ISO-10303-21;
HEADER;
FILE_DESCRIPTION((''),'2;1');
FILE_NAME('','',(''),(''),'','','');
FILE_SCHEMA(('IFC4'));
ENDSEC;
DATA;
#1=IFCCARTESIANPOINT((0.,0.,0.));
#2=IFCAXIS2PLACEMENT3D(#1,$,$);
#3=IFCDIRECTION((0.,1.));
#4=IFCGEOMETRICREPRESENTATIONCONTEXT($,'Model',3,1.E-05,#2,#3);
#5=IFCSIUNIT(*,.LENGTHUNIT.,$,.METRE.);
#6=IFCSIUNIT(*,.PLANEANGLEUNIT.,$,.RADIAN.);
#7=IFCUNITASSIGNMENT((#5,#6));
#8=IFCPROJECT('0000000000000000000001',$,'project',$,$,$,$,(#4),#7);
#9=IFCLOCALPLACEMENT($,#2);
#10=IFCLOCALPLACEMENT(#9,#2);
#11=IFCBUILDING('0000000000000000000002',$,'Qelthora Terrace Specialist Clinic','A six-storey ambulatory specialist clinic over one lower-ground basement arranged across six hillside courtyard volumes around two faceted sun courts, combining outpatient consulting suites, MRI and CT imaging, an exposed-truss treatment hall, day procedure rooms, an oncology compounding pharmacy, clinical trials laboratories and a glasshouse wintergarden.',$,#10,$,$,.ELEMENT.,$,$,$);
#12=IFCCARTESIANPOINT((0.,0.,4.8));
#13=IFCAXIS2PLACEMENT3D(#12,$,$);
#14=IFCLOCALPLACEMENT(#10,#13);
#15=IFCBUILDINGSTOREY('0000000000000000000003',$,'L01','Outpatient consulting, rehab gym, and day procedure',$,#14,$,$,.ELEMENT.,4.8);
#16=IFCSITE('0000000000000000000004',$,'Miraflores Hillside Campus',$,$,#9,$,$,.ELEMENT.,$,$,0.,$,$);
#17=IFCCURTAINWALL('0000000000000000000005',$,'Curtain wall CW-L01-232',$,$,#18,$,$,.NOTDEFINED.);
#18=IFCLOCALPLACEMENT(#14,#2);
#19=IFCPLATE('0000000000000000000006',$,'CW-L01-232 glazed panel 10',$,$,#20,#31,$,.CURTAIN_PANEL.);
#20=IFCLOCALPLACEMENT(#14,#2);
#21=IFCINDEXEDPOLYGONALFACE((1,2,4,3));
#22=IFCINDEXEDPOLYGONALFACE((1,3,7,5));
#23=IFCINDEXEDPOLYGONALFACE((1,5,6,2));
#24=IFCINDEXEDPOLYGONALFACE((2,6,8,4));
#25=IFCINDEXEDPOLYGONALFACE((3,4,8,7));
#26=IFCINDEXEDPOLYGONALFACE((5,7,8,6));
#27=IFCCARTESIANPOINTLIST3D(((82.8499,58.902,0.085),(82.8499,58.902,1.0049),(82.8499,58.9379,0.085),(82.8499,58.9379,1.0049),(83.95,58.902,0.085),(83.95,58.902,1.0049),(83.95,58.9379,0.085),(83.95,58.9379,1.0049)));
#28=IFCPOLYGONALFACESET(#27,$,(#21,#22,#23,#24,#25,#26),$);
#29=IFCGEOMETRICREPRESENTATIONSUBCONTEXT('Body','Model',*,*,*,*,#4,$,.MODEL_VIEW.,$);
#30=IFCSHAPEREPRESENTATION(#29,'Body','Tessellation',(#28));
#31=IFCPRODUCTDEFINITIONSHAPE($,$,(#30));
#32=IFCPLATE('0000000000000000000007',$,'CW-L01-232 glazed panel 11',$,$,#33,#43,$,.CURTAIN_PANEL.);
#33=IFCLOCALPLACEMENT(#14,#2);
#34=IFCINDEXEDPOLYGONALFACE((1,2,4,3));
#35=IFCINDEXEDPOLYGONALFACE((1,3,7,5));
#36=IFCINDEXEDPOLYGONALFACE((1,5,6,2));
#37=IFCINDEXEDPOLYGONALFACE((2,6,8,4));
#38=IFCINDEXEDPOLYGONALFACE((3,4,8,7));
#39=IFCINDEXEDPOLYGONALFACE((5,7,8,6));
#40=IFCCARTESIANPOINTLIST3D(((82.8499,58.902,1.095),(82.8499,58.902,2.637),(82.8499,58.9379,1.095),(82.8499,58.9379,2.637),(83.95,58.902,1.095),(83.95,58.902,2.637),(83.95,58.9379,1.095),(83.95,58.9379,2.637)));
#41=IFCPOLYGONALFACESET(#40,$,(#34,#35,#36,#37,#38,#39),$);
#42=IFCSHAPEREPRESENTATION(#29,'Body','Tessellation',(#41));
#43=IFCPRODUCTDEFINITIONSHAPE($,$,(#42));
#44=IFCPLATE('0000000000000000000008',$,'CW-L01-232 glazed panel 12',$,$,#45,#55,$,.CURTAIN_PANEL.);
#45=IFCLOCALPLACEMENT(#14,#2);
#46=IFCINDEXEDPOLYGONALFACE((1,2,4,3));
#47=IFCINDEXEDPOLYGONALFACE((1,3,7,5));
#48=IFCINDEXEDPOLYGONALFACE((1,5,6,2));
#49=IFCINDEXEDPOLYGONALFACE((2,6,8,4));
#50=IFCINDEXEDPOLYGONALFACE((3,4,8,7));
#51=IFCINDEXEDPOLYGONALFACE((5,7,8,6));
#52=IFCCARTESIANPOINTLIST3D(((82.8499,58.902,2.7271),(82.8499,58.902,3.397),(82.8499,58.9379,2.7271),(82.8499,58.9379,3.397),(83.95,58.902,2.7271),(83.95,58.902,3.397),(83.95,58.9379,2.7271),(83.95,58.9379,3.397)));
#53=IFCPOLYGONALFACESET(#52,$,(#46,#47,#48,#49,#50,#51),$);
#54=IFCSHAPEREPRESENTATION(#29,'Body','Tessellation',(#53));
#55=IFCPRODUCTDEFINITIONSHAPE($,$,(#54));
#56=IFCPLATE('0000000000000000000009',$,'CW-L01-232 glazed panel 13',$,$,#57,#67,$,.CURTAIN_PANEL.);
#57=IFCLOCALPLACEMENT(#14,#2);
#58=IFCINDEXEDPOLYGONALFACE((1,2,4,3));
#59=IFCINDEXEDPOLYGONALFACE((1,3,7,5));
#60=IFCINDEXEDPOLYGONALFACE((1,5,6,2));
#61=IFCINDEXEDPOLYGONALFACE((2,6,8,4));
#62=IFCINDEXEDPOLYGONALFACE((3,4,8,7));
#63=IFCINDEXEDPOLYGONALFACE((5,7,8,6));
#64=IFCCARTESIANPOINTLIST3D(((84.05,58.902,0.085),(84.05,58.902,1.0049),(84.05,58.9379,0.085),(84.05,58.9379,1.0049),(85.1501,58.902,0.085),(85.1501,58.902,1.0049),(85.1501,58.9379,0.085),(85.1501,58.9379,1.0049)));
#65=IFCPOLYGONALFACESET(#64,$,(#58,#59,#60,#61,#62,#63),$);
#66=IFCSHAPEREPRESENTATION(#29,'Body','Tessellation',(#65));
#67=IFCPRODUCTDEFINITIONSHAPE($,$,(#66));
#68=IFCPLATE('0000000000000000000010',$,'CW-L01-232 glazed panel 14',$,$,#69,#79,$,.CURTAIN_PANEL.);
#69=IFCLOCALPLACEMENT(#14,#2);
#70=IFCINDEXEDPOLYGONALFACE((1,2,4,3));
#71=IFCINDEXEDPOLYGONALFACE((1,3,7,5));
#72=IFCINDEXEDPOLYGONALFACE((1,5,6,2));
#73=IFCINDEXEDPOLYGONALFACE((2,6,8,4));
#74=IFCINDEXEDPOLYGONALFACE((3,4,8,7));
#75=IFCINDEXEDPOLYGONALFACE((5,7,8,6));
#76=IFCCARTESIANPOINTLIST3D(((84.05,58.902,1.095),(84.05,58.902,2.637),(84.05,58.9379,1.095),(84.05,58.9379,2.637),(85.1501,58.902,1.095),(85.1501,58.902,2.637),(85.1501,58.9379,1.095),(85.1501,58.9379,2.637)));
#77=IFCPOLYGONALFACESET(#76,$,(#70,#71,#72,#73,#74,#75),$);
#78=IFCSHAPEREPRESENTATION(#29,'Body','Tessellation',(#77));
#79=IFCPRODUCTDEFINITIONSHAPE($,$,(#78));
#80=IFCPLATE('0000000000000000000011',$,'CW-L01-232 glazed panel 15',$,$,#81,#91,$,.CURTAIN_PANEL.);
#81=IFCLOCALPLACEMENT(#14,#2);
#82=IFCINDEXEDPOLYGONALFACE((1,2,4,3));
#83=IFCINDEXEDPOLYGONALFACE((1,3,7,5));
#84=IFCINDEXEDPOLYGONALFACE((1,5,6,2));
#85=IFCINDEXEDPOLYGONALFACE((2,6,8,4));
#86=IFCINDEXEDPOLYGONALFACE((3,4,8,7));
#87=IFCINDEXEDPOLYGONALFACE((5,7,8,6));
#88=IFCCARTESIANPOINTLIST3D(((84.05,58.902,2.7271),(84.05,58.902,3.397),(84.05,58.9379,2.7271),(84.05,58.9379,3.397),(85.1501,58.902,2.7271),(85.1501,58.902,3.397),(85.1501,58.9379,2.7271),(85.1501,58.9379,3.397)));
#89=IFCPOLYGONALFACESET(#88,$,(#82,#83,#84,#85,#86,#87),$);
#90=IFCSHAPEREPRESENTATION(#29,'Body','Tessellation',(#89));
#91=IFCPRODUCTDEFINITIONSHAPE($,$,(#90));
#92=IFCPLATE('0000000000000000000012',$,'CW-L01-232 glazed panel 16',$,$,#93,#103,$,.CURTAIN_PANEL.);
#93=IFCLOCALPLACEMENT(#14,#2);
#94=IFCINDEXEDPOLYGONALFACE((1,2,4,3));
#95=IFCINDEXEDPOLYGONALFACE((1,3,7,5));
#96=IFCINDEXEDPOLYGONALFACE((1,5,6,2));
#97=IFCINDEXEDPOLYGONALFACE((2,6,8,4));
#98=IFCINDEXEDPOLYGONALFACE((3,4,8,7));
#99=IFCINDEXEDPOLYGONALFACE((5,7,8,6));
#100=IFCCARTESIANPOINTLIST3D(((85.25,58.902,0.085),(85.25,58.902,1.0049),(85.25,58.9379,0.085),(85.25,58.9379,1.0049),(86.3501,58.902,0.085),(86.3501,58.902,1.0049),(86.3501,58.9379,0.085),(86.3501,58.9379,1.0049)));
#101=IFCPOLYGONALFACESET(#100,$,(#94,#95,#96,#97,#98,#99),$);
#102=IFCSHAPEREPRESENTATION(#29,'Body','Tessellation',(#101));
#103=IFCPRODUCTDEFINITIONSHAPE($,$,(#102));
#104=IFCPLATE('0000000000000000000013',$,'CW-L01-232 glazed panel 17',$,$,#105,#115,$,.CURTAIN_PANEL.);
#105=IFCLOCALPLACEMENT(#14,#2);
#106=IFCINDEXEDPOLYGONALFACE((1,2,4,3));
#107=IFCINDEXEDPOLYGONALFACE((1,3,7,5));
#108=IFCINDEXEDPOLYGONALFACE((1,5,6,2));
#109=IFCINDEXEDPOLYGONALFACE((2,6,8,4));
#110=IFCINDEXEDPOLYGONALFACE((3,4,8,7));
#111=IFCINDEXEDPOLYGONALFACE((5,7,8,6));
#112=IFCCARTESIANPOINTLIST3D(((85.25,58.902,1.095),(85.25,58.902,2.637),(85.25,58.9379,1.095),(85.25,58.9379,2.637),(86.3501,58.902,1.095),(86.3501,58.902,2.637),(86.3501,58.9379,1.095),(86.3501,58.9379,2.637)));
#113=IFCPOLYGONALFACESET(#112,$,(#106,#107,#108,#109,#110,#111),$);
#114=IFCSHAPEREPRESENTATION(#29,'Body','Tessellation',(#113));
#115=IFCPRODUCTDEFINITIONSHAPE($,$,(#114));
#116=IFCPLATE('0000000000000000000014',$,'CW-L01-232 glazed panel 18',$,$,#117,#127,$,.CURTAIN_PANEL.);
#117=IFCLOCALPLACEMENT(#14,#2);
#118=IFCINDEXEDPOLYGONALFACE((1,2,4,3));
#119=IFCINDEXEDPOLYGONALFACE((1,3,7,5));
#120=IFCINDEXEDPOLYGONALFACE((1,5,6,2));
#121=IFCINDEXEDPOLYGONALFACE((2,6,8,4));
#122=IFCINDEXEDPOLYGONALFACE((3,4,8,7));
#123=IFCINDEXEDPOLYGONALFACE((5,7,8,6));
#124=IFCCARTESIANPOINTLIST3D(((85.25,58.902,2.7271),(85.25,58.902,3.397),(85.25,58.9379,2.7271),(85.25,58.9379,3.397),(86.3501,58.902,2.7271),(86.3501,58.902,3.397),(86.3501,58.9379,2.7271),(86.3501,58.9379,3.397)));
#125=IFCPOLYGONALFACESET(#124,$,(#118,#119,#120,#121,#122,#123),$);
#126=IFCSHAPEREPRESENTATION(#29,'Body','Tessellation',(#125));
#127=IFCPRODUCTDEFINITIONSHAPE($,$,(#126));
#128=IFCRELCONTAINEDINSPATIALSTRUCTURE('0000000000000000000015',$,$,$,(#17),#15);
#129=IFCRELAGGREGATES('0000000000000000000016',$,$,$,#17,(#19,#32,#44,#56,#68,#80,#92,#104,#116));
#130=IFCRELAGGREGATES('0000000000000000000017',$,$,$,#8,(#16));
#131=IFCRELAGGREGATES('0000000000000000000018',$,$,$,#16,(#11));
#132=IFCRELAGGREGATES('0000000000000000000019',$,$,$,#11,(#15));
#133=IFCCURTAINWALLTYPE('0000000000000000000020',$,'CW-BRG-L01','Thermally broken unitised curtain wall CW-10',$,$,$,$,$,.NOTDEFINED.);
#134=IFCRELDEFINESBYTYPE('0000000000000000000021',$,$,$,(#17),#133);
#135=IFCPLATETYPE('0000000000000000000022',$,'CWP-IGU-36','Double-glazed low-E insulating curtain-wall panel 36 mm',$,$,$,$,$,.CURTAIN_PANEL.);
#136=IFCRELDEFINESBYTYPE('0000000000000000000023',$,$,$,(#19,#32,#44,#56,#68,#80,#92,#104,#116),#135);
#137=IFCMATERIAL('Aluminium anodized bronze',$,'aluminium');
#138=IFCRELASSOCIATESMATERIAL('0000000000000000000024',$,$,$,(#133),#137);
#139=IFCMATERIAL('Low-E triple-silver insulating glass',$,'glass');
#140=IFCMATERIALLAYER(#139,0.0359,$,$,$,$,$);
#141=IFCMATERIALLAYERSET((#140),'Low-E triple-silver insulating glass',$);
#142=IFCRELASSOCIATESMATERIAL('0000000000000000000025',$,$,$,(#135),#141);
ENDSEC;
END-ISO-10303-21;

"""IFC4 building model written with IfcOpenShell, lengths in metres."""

from ifc_helpers import new_model, si_unit, direction, frame, origin, origin_2d, place, context, subcontext, project, spatial, rectangle, extrude, material, layer, layer_set, type_object, element, aggregate, save


model = new_model("IFC4")

# Units and contexts
model_context = context("Model", 3, precision=1e-05, world=origin(), true_north=direction((0.0, 1.0)))
body_context = subcontext(model_context, "Body", "Model", "MODEL_VIEW")
ifc_project = project(units=[si_unit("LENGTHUNIT", "METRE"), si_unit("PLANEANGLEUNIT", "RADIAN")], contexts=[model_context])

# Site, building, storey
site_placement = place(None, origin())
site = spatial("IfcSite", under=ifc_project, at=site_placement, Name="Miraflores Hillside Campus", CompositionType="ELEMENT", RefElevation=0.0)
building_placement = place(site_placement, origin())
building = spatial("IfcBuilding", under=site, at=building_placement, Name="Qelthora Terrace Specialist Clinic", Description="A six-storey ambulatory specialist clinic over one lower-ground basement arranged across six hillside courtyard volumes around two faceted sun courts, combining outpatient consulting suites, MRI and CT imaging, an exposed-truss treatment hall, day procedure rooms, an oncology compounding pharmacy, clinical trials laboratories and a glasshouse wintergarden.", CompositionType="ELEMENT")
storey_placement = place(building_placement, frame((0.0, 0.0, 4.8)))
storey = spatial("IfcBuildingStorey", under=building, at=storey_placement, Name="L01", Description="Outpatient consulting, rehab gym, and day procedure", CompositionType="ELEMENT", Elevation=4.8)

# Curtain wall
ifc_material_1 = material(Name="Aluminium anodized bronze", Category="aluminium")
curtain_wall_type = type_object("IfcCurtainWallType", Name="CW-BRG-L01", Description="Thermally broken unitised curtain wall CW-10", PredefinedType="NOTDEFINED", material=ifc_material_1)
curtain_wall_1_placement = place(storey_placement, origin())
curtain_wall_1 = element("IfcCurtainWall", 1, at=curtain_wall_1_placement, inside=storey, type_object=curtain_wall_type, Name="Curtain wall CW-L01-232", PredefinedType="NOTDEFINED")

# Plates
ifc_material_2 = material(Name="Low-E triple-silver insulating glass", Category="glass")
ifc_layer = layer(ifc_material_2, 0.0359)
ifc_layer_set = layer_set([ifc_layer], Name="Low-E triple-silver insulating glass")
plate_type = type_object("IfcPlateType", Name="CWP-IGU-36", Description="Double-glazed low-E insulating curtain-wall panel 36 mm", PredefinedType="CURTAIN_PANEL", material=ifc_layer_set)
plate_1_placement = place(storey_placement, frame((83.3999, 58.9199, 0.085), z_axis=(0.0, 0.0, 1.0), x_axis=(1.0, 0.0, 0.0)))
plate_1 = element("IfcPlate", 2, at=plate_1_placement, type_object=plate_type, Name="CW-L01-232 glazed panel 10", PredefinedType="CURTAIN_PANEL", context=body_context, shape_type="SweptSolid", body=[
    extrude(rectangle(XDim=1.1001, YDim=0.0359, at=origin_2d()), origin(), (0.0, 0.0, 1.0), 0.9199),
])
plate_2_placement = place(storey_placement, frame((83.3999, 58.9199, 1.095), z_axis=(0.0, 0.0, 1.0), x_axis=(1.0, 0.0, 0.0)))
plate_2 = element("IfcPlate", 3, at=plate_2_placement, type_object=plate_type, Name="CW-L01-232 glazed panel 11", PredefinedType="CURTAIN_PANEL", context=body_context, shape_type="SweptSolid", body=[
    extrude(rectangle(XDim=1.1001, YDim=0.0359, at=origin_2d()), origin(), (0.0, 0.0, 1.0), 1.542),
])
plate_3_placement = place(storey_placement, frame((83.3999, 58.9199, 2.7271), z_axis=(0.0, 0.0, 1.0), x_axis=(1.0, 0.0, 0.0)))
plate_3 = element("IfcPlate", 4, at=plate_3_placement, type_object=plate_type, Name="CW-L01-232 glazed panel 12", PredefinedType="CURTAIN_PANEL", context=body_context, shape_type="SweptSolid", body=[
    extrude(rectangle(XDim=1.1001, YDim=0.0359, at=origin_2d()), origin(), (0.0, 0.0, 1.0), 0.6699),
])
plate_4_placement = place(storey_placement, frame((84.6001, 58.9199, 0.085), z_axis=(0.0, 0.0, 1.0), x_axis=(1.0, 0.0, 0.0)))
plate_4 = element("IfcPlate", 5, at=plate_4_placement, type_object=plate_type, Name="CW-L01-232 glazed panel 13", PredefinedType="CURTAIN_PANEL", context=body_context, shape_type="SweptSolid", body=[
    extrude(rectangle(XDim=1.1001, YDim=0.0359, at=origin_2d()), origin(), (0.0, 0.0, 1.0), 0.9199),
])
plate_5_placement = place(storey_placement, frame((84.6001, 58.9199, 1.095), z_axis=(0.0, 0.0, 1.0), x_axis=(1.0, 0.0, 0.0)))
plate_5 = element("IfcPlate", 6, at=plate_5_placement, type_object=plate_type, Name="CW-L01-232 glazed panel 14", PredefinedType="CURTAIN_PANEL", context=body_context, shape_type="SweptSolid", body=[
    extrude(rectangle(XDim=1.1001, YDim=0.0359, at=origin_2d()), origin(), (0.0, 0.0, 1.0), 1.542),
])
plate_6_placement = place(storey_placement, frame((84.6001, 58.9199, 2.7271), z_axis=(0.0, 0.0, 1.0), x_axis=(1.0, 0.0, 0.0)))
plate_6 = element("IfcPlate", 7, at=plate_6_placement, type_object=plate_type, Name="CW-L01-232 glazed panel 15", PredefinedType="CURTAIN_PANEL", context=body_context, shape_type="SweptSolid", body=[
    extrude(rectangle(XDim=1.1001, YDim=0.0359, at=origin_2d()), origin(), (0.0, 0.0, 1.0), 0.6699),
])
plate_7_placement = place(storey_placement, frame((85.8, 58.9199, 0.085), z_axis=(0.0, 0.0, 1.0), x_axis=(1.0, 0.0, 0.0)))
plate_7 = element("IfcPlate", 8, at=plate_7_placement, type_object=plate_type, Name="CW-L01-232 glazed panel 16", PredefinedType="CURTAIN_PANEL", context=body_context, shape_type="SweptSolid", body=[
    extrude(rectangle(XDim=1.1001, YDim=0.0359, at=origin_2d()), origin(), (0.0, 0.0, 1.0), 0.9199),
])
plate_8_placement = place(storey_placement, frame((85.8, 58.9199, 1.095), z_axis=(0.0, 0.0, 1.0), x_axis=(1.0, 0.0, 0.0)))
plate_8 = element("IfcPlate", 9, at=plate_8_placement, type_object=plate_type, Name="CW-L01-232 glazed panel 17", PredefinedType="CURTAIN_PANEL", context=body_context, shape_type="SweptSolid", body=[
    extrude(rectangle(XDim=1.1001, YDim=0.0359, at=origin_2d()), origin(), (0.0, 0.0, 1.0), 1.542),
])
plate_9_placement = place(storey_placement, frame((85.8, 58.9199, 2.7271), z_axis=(0.0, 0.0, 1.0), x_axis=(1.0, 0.0, 0.0)))
plate_9 = element("IfcPlate", 10, at=plate_9_placement, type_object=plate_type, Name="CW-L01-232 glazed panel 18", PredefinedType="CURTAIN_PANEL", context=body_context, shape_type="SweptSolid", body=[
    extrude(rectangle(XDim=1.1001, YDim=0.0359, at=origin_2d()), origin(), (0.0, 0.0, 1.0), 0.6699),
])
aggregate(curtain_wall_1, [plate_1, plate_2, plate_3, plate_4, plate_5, plate_6, plate_7, plate_8, plate_9])

save(model, "model.ifc")
